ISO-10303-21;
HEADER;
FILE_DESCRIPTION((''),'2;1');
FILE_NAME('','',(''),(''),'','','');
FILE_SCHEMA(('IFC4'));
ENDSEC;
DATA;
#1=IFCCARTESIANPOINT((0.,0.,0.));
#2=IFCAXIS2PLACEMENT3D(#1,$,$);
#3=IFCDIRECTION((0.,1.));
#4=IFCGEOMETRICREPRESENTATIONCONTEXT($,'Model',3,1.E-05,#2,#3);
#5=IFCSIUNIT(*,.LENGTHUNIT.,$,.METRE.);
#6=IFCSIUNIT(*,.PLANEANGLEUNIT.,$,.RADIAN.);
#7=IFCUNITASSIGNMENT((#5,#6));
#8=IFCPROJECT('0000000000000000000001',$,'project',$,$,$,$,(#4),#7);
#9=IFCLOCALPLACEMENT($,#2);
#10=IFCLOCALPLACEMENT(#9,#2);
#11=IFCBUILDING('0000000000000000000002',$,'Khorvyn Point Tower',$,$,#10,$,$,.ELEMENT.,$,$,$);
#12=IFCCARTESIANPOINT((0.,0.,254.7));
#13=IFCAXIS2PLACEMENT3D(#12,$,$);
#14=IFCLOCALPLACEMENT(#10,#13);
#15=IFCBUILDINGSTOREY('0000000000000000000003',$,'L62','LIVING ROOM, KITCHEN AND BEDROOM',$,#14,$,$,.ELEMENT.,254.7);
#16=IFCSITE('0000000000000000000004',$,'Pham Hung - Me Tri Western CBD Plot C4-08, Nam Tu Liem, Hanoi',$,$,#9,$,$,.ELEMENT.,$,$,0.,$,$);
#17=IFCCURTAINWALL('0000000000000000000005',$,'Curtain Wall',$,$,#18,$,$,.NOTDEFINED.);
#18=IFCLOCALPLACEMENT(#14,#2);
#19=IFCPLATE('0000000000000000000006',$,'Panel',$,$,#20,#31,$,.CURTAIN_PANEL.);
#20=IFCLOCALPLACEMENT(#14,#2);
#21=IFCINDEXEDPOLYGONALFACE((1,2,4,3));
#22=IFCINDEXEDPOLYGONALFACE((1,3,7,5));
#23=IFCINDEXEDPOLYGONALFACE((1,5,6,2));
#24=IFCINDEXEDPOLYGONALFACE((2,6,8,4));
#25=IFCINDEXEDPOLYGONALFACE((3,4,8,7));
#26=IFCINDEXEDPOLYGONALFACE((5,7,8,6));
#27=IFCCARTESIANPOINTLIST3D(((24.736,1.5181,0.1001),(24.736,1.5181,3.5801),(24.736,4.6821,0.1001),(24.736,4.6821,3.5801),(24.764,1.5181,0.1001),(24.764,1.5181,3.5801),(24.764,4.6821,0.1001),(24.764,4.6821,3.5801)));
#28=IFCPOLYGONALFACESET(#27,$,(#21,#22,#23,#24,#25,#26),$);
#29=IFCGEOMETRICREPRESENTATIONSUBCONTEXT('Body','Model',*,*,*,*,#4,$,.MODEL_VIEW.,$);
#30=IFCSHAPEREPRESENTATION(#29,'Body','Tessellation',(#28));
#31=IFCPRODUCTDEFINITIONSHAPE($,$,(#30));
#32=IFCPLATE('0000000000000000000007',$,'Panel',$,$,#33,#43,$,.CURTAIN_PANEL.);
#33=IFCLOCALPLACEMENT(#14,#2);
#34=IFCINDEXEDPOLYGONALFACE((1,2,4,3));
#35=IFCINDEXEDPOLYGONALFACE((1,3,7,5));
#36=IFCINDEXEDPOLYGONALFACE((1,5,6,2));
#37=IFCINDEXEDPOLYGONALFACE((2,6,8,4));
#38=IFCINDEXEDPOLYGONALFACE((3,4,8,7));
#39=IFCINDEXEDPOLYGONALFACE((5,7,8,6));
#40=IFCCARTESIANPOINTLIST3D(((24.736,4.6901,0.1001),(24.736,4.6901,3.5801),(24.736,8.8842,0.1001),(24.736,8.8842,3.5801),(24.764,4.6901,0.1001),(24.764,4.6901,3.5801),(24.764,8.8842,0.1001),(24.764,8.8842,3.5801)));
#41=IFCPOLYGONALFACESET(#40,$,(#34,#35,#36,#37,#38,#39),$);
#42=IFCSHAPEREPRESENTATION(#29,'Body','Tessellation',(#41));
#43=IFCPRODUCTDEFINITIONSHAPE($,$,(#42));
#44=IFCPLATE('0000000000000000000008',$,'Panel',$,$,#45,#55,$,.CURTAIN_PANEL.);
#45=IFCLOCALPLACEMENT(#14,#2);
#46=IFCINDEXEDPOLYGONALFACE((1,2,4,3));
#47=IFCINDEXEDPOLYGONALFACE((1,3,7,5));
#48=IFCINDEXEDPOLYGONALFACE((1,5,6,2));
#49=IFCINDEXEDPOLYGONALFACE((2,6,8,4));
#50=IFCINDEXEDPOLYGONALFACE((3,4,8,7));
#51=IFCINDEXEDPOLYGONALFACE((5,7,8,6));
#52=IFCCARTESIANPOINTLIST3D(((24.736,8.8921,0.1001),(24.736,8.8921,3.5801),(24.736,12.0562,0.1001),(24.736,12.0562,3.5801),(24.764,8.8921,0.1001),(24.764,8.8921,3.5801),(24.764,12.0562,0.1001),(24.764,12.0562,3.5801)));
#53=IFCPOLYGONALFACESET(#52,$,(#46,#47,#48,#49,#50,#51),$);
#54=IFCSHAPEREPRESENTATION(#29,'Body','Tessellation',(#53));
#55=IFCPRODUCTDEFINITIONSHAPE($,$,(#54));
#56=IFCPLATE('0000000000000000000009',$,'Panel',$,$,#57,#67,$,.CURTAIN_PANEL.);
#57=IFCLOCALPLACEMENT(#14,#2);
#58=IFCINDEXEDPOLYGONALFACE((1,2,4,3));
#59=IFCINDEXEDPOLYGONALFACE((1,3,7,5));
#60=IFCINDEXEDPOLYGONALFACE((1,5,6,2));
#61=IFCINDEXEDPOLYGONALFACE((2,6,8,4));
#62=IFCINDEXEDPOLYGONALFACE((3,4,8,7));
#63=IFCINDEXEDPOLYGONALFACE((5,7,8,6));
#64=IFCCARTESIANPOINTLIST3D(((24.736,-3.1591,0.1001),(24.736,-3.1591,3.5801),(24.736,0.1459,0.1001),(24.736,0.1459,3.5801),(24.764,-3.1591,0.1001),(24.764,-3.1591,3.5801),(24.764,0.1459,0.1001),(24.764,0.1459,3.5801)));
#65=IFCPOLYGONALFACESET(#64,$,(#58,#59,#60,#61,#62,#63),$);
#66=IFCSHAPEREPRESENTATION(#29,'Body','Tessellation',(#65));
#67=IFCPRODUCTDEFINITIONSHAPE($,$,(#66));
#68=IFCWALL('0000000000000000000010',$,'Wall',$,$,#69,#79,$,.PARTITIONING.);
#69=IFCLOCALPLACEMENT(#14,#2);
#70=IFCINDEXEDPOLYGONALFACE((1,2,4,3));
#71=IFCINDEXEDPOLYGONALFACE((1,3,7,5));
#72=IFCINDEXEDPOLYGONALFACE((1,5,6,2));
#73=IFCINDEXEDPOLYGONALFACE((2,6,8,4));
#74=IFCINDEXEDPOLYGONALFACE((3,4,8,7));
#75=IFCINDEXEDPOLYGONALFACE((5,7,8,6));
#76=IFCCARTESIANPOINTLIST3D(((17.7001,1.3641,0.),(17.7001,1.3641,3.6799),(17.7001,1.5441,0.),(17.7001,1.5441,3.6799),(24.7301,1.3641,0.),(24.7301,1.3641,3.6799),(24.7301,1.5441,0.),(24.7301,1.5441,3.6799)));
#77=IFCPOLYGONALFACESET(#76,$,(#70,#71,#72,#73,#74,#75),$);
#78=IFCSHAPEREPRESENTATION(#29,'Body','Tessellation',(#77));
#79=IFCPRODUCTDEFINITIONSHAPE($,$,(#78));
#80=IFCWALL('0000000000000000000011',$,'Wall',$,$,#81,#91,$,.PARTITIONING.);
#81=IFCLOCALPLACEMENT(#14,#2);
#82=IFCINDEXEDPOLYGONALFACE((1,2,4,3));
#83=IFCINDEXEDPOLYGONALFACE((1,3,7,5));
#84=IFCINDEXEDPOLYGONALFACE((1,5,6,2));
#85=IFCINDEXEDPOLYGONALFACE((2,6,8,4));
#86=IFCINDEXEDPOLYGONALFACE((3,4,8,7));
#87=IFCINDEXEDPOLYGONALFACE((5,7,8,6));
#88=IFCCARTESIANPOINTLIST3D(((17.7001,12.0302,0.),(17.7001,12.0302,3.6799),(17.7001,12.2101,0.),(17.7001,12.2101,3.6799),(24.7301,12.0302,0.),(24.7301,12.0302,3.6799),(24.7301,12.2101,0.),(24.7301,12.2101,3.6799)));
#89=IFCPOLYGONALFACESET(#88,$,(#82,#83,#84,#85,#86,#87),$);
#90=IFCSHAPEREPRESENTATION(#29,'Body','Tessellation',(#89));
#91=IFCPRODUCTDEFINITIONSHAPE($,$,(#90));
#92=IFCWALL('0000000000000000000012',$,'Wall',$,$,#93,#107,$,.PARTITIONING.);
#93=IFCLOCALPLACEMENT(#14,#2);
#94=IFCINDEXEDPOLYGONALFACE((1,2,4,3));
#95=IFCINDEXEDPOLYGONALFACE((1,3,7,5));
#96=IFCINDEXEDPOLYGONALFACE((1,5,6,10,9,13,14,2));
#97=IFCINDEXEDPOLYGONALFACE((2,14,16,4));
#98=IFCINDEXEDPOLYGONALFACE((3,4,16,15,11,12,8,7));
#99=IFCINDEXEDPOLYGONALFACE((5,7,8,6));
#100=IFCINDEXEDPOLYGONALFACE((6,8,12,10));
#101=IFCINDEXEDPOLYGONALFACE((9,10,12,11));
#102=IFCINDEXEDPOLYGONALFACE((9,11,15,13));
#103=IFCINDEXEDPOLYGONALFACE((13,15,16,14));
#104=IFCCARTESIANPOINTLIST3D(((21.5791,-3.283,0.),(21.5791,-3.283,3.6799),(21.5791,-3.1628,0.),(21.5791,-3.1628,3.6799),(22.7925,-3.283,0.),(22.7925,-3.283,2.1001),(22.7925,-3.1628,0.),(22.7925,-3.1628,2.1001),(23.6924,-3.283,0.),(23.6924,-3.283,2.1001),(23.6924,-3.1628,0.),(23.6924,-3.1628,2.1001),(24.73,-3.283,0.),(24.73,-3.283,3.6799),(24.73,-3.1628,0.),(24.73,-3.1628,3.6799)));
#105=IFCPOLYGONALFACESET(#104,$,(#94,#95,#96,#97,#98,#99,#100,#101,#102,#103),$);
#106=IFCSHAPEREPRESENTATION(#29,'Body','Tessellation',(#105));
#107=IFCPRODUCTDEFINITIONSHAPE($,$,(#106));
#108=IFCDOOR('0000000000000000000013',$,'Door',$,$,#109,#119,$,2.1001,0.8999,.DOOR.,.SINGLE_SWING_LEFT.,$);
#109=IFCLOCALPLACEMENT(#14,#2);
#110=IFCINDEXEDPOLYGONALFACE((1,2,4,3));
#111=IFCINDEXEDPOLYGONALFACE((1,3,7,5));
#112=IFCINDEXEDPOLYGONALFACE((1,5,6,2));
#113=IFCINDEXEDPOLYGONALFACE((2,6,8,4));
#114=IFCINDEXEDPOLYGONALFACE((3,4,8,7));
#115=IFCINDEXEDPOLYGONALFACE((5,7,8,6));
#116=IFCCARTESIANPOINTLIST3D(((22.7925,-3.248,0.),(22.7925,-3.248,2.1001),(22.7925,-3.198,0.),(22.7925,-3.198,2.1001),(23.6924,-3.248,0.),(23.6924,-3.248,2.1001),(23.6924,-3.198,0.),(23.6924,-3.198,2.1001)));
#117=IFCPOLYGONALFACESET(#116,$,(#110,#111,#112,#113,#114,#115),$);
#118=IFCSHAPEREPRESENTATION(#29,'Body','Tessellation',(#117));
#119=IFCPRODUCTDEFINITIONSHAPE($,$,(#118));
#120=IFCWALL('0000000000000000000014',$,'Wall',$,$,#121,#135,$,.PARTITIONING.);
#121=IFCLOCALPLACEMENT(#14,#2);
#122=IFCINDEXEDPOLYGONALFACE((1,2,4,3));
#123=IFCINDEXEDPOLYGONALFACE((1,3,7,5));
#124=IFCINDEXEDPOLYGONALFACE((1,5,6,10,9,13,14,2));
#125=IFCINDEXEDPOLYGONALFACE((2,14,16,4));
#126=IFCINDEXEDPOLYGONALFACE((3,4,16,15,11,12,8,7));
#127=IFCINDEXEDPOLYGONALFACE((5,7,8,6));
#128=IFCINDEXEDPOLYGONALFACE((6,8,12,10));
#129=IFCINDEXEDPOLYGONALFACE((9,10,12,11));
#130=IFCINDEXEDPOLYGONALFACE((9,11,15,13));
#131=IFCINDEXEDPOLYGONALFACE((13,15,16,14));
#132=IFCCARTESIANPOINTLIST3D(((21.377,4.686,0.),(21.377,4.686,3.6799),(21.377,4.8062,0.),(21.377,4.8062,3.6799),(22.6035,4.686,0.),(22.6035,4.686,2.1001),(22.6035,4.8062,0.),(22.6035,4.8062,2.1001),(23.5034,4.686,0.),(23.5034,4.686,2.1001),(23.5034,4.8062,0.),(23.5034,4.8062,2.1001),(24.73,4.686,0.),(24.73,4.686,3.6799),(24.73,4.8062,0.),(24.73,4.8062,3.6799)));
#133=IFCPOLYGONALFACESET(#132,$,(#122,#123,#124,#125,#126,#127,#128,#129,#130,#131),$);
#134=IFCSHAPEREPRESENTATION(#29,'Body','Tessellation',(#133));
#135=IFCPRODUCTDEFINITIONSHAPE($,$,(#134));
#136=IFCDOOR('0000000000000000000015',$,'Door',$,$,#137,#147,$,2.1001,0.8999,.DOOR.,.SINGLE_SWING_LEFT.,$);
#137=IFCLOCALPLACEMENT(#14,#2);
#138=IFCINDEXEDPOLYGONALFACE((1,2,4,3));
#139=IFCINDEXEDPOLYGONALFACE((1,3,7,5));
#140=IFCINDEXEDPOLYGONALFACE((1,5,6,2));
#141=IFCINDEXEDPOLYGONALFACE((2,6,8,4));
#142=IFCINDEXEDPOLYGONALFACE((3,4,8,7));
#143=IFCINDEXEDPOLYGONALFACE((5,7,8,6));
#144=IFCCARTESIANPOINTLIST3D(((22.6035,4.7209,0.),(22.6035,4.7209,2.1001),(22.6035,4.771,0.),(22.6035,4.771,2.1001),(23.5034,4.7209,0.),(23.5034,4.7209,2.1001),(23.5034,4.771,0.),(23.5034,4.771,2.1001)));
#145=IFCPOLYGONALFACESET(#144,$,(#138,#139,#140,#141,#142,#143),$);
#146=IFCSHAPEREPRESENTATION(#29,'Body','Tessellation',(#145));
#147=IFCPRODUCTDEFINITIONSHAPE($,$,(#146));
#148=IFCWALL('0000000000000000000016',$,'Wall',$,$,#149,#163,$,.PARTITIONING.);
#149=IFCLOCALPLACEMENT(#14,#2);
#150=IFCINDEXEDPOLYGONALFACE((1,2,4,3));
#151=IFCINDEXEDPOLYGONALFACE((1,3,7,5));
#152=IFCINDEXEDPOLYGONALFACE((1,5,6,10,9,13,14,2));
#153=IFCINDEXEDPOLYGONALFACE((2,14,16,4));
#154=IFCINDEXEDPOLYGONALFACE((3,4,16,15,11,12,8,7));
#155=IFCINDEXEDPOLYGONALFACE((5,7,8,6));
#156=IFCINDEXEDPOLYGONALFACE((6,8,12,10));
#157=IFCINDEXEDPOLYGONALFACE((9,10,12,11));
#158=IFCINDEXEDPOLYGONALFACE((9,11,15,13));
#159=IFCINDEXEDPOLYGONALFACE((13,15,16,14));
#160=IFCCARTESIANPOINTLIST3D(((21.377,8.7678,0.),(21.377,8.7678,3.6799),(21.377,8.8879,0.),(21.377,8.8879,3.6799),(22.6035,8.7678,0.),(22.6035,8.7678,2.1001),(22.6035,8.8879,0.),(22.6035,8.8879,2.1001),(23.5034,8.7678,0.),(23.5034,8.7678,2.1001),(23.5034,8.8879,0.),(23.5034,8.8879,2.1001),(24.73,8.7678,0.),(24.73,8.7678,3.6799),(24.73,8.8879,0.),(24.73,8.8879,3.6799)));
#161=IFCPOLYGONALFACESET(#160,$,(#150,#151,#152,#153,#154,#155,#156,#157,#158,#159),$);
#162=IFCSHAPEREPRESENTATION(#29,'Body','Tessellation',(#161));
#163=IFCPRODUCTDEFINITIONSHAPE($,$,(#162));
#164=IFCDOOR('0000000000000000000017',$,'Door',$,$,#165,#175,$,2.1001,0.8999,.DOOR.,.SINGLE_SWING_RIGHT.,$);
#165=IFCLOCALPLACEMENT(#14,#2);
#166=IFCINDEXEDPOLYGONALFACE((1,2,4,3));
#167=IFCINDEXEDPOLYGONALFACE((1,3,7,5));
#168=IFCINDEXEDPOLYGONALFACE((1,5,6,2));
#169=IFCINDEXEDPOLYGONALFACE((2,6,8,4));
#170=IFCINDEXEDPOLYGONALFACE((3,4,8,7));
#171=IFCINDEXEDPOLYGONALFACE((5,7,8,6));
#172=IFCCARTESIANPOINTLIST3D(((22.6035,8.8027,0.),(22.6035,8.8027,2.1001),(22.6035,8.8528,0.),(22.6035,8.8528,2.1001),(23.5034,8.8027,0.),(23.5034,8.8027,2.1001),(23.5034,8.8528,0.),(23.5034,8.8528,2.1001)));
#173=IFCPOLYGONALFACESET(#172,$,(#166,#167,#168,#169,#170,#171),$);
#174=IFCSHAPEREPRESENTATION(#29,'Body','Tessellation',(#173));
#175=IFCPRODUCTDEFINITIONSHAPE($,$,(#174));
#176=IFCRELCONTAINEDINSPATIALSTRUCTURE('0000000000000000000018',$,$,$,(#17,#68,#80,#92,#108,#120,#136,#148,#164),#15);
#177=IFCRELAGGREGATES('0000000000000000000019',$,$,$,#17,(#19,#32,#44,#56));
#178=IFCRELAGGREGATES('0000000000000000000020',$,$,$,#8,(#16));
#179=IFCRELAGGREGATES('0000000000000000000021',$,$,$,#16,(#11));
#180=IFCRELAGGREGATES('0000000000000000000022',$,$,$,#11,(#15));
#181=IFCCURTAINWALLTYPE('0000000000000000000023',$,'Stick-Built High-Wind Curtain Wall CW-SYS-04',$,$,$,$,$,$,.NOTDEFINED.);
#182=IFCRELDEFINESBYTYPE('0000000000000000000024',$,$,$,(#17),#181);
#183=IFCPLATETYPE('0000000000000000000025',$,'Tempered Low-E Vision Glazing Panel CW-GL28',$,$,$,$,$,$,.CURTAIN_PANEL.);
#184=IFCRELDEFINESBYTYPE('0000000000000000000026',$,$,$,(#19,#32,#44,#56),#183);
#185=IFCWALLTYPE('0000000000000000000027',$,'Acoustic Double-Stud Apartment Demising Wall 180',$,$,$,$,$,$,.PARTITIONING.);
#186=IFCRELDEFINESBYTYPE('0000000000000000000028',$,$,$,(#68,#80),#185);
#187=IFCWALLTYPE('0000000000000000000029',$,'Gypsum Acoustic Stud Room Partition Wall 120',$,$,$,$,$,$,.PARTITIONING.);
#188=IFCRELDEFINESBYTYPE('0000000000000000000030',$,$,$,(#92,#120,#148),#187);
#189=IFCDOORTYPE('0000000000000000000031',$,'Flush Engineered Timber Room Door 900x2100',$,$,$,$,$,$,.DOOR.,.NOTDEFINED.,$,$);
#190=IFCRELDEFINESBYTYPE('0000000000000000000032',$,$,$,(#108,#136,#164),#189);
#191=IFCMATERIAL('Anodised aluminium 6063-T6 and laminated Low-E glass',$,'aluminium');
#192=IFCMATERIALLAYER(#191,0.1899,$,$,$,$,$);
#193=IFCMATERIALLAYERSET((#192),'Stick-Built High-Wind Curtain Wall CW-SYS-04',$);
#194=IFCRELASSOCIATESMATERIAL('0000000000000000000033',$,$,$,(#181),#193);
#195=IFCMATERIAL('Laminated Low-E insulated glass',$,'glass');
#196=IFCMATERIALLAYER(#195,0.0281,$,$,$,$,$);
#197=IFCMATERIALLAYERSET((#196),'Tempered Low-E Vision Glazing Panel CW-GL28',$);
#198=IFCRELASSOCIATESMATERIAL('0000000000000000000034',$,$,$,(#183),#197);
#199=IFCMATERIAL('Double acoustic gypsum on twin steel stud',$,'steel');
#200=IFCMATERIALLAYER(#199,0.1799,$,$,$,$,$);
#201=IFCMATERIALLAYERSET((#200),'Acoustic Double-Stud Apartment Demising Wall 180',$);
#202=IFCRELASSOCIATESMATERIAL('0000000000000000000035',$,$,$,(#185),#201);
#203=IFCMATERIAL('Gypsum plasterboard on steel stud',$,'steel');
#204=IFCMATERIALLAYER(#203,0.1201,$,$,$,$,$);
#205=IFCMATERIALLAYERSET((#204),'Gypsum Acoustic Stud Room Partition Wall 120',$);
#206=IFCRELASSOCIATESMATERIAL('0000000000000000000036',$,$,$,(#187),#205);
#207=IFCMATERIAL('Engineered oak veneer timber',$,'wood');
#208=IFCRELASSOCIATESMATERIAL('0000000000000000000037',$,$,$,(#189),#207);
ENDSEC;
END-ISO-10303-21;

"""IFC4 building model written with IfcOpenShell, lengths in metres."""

from ifc_helpers import new_model, si_unit, direction, frame, frame_2d, origin, origin_2d, place, context, subcontext, project, spatial, rectangle, extrude, material, layer, layer_set, type_object, element, fill, aggregate, save


model = new_model("IFC4")

# Units and contexts
model_context = context("Model", 3, precision=1e-05, world=origin(), true_north=direction((0.0, 1.0)))
body_context = subcontext(model_context, "Body", "Model", "MODEL_VIEW")
ifc_project = project(units=[si_unit("LENGTHUNIT", "METRE"), si_unit("PLANEANGLEUNIT", "RADIAN")], contexts=[model_context])

# Site, building, storey
site_placement = place(None, origin())
site = spatial("IfcSite", under=ifc_project, at=site_placement, Name="Pham Hung - Me Tri Western CBD Plot C4-08, Nam Tu Liem, Hanoi", CompositionType="ELEMENT", RefElevation=0.0)
building_placement = place(site_placement, origin())
building = spatial("IfcBuilding", under=site, at=building_placement, Name="Khorvyn Point Tower", CompositionType="ELEMENT")
storey_placement = place(building_placement, frame((0.0, 0.0, 254.7)))
storey = spatial("IfcBuildingStorey", under=building, at=storey_placement, Name="L62", Description="LIVING ROOM, KITCHEN AND BEDROOM", CompositionType="ELEMENT", Elevation=254.7)

# Curtain wall
ifc_material_1 = material(Name="Anodised aluminium 6063-T6 and laminated Low-E glass", Category="aluminium")
ifc_layer_1 = layer(ifc_material_1, 0.1899)
ifc_layer_set_1 = layer_set([ifc_layer_1], Name="Stick-Built High-Wind Curtain Wall CW-SYS-04")
curtain_wall_type = type_object("IfcCurtainWallType", Name="Stick-Built High-Wind Curtain Wall CW-SYS-04", PredefinedType="NOTDEFINED", material=ifc_layer_set_1)
curtain_wall_placement = place(storey_placement, origin())
curtain_wall = element("IfcCurtainWall", 1, at=curtain_wall_placement, inside=storey, type_object=curtain_wall_type, Name="Curtain Wall", PredefinedType="NOTDEFINED")

# Plates
ifc_material_2 = material(Name="Laminated Low-E insulated glass", Category="glass")
ifc_layer_2 = layer(ifc_material_2, 0.0281)
ifc_layer_set_2 = layer_set([ifc_layer_2], Name="Tempered Low-E Vision Glazing Panel CW-GL28")
plate_type = type_object("IfcPlateType", Name="Tempered Low-E Vision Glazing Panel CW-GL28", PredefinedType="CURTAIN_PANEL", material=ifc_layer_set_2)
plate_1_placement = place(storey_placement, frame((24.75, 3.1001, 0.1001), z_axis=(0.0, 0.0, 1.0), x_axis=(0.0, -1.0, 0.0)))
plate_1 = element("IfcPlate", 2, at=plate_1_placement, type_object=plate_type, Name="Panel", PredefinedType="CURTAIN_PANEL", context=body_context, shape_type="SweptSolid", body=[
    extrude(rectangle(XDim=3.1641, YDim=0.0281, at=origin_2d()), origin(), (0.0, 0.0, 1.0), 3.48),
])
plate_2_placement = place(storey_placement, frame((24.75, 6.7871, 0.1001), z_axis=(0.0, 0.0, 1.0), x_axis=(0.0, -1.0, 0.0)))
plate_2 = element("IfcPlate", 3, at=plate_2_placement, type_object=plate_type, Name="Panel", PredefinedType="CURTAIN_PANEL", context=body_context, shape_type="SweptSolid", body=[
    extrude(rectangle(XDim=4.1941, YDim=0.0281, at=origin_2d()), origin(), (0.0, 0.0, 1.0), 3.48),
])
plate_3_placement = place(storey_placement, frame((24.75, 10.4741, 0.1001), z_axis=(0.0, 0.0, 1.0), x_axis=(0.0, -1.0, 0.0)))
plate_3 = element("IfcPlate", 4, at=plate_3_placement, type_object=plate_type, Name="Panel", PredefinedType="CURTAIN_PANEL", context=body_context, shape_type="SweptSolid", body=[
    extrude(rectangle(XDim=3.1641, YDim=0.0281, at=origin_2d()), origin(), (0.0, 0.0, 1.0), 3.48),
])
plate_4_placement = place(storey_placement, frame((24.75, -1.5066, 0.1001), z_axis=(0.0, 0.0, 1.0), x_axis=(0.0, -1.0, 0.0)))
plate_4 = element("IfcPlate", 5, at=plate_4_placement, type_object=plate_type, Name="Panel", PredefinedType="CURTAIN_PANEL", context=body_context, shape_type="SweptSolid", body=[
    extrude(rectangle(XDim=3.3049, YDim=0.0281, at=origin_2d()), origin(), (0.0, 0.0, 1.0), 3.48),
])
aggregate(curtain_wall, [plate_1, plate_2, plate_3, plate_4])

# Walls
ifc_material_3 = material(Name="Double acoustic gypsum on twin steel stud", Category="steel")
ifc_layer_3 = layer(ifc_material_3, 0.1799)
ifc_layer_set_3 = layer_set([ifc_layer_3], Name="Acoustic Double-Stud Apartment Demising Wall 180")
wall_type_1 = type_object("IfcWallType", Name="Acoustic Double-Stud Apartment Demising Wall 180", PredefinedType="PARTITIONING", material=ifc_layer_set_3)
for number, where, z_axis, x_axis, name in (
    (6, (17.7, 1.4541, 0.0), (0.0, 0.0, 1.0), (1.0, 0.0, 0.0), "Wall"),
    (7, (17.7, 12.1201, 0.0), (0.0, 0.0, 1.0), (1.0, 0.0, 0.0), "Wall"),
):
    element("IfcWall", number, at=place(storey_placement, frame(where, z_axis=z_axis, x_axis=x_axis)), inside=storey, type_object=wall_type_1, Name=name, PredefinedType="PARTITIONING", context=body_context, shape_type="SweptSolid", body=[
        extrude(rectangle(XDim=7.03, YDim=0.1799, at=frame_2d((3.5151, 0.0))), origin(), (0.0, 0.0, 1.0), 3.6799),
    ])

# Walls, openings, doors
ifc_material_4 = material(Name="Gypsum plasterboard on steel stud", Category="steel")
ifc_layer_4 = layer(ifc_material_4, 0.1201)
ifc_layer_set_4 = layer_set([ifc_layer_4], Name="Gypsum Acoustic Stud Room Partition Wall 120")
wall_type_2 = type_object("IfcWallType", Name="Gypsum Acoustic Stud Room Partition Wall 120", PredefinedType="PARTITIONING", material=ifc_layer_set_4)
wall_1_placement = place(storey_placement, frame((21.5791, -3.2229, 0.0), z_axis=(0.0, 0.0, 1.0), x_axis=(1.0, 0.0, 0.0)))
wall_1 = element("IfcWall", 8, at=wall_1_placement, inside=storey, type_object=wall_type_2, Name="Wall", PredefinedType="PARTITIONING", context=body_context, shape_type="SweptSolid", body=[
    extrude(rectangle(XDim=3.1509, YDim=0.1201, at=frame_2d((1.5754, 0.0))), origin(), (0.0, 0.0, 1.0), 3.6799),
])
opening_1_placement = place(wall_1_placement, frame((1.2134, 0.0, 0.0)))
opening_1 = element("IfcOpeningElement", 9, at=opening_1_placement, cuts=wall_1, PredefinedType="OPENING", context=body_context, shape_type="SweptSolid", body=[
    extrude(rectangle(XDim=0.8999, YDim=2.1001, at=frame_2d((0.45, 1.05))), frame((0.0, 0.0701, 0.0), z_axis=(0.0, -1.0, 0.0), x_axis=(1.0, 0.0, 0.0)), (0.0, 0.0, 1.0), 0.1401),
])
ifc_material_5 = material(Name="Engineered oak veneer timber", Category="wood")
door_type_1 = type_object("IfcDoorType", Name="Flush Engineered Timber Room Door 900x2100", OperationType="NOTDEFINED", PredefinedType="DOOR", material=ifc_material_5)
door_1_placement = place(opening_1_placement, origin())
door_1 = element("IfcDoor", 10, at=door_1_placement, inside=storey, type_object=door_type_1, Name="Door", OperationType="SINGLE_SWING_LEFT", OverallHeight=2.1001, OverallWidth=0.8999, PredefinedType="DOOR", context=body_context, shape_type="SweptSolid", body=[
    extrude(rectangle(XDim=0.8999, YDim=2.1001, at=frame_2d((0.45, 1.05))), frame((0.0, 0.0249, 0.0), z_axis=(0.0, -1.0, 0.0), x_axis=(1.0, 0.0, 0.0)), (0.0, 0.0, 1.0), 0.05),
])
fill(opening_1, door_1)
wall_2_placement = place(storey_placement, frame((21.377, 4.7461, 0.0), z_axis=(0.0, 0.0, 1.0), x_axis=(1.0, 0.0, 0.0)))
wall_2 = element("IfcWall", 11, at=wall_2_placement, inside=storey, type_object=wall_type_2, Name="Wall", PredefinedType="PARTITIONING", context=body_context, shape_type="SweptSolid", body=[
    extrude(rectangle(XDim=3.353, YDim=0.1201, at=frame_2d((1.6765, 0.0))), origin(), (0.0, 0.0, 1.0), 3.6799),
])
opening_2_placement = place(wall_2_placement, frame((1.2266, 0.0, 0.0)))
opening_2 = element("IfcOpeningElement", 12, at=opening_2_placement, cuts=wall_2, PredefinedType="OPENING", context=body_context, shape_type="SweptSolid", body=[
    extrude(rectangle(XDim=0.8999, YDim=2.1001, at=frame_2d((0.45, 1.05))), frame((0.0, 0.0701, 0.0), z_axis=(0.0, -1.0, 0.0), x_axis=(1.0, 0.0, 0.0)), (0.0, 0.0, 1.0), 0.1401),
])
door_2_placement = place(opening_2_placement, origin())
door_2 = element("IfcDoor", 13, at=door_2_placement, inside=storey, type_object=door_type_1, Name="Door", OperationType="SINGLE_SWING_LEFT", OverallHeight=2.1001, OverallWidth=0.8999, PredefinedType="DOOR", context=body_context, shape_type="SweptSolid", body=[
    extrude(rectangle(XDim=0.8999, YDim=2.1001, at=frame_2d((0.45, 1.05))), frame((0.0, 0.0249, 0.0), z_axis=(0.0, -1.0, 0.0), x_axis=(1.0, 0.0, 0.0)), (0.0, 0.0, 1.0), 0.05),
])
fill(opening_2, door_2)
wall_3_placement = place(storey_placement, frame((21.377, 8.8279, 0.0), z_axis=(0.0, 0.0, 1.0), x_axis=(1.0, 0.0, 0.0)))
wall_3 = element("IfcWall", 14, at=wall_3_placement, inside=storey, type_object=wall_type_2, Name="Wall", PredefinedType="PARTITIONING", context=body_context, shape_type="SweptSolid", body=[
    extrude(rectangle(XDim=3.353, YDim=0.1201, at=frame_2d((1.6765, 0.0))), origin(), (0.0, 0.0, 1.0), 3.6799),
])
opening_3_placement = place(wall_3_placement, frame((1.2266, 0.0, 0.0)))
opening_3 = element("IfcOpeningElement", 15, at=opening_3_placement, cuts=wall_3, PredefinedType="OPENING", context=body_context, shape_type="SweptSolid", body=[
    extrude(rectangle(XDim=0.8999, YDim=2.1001, at=frame_2d((0.45, 1.05))), frame((0.0, 0.0701, 0.0), z_axis=(0.0, -1.0, 0.0), x_axis=(1.0, 0.0, 0.0)), (0.0, 0.0, 1.0), 0.1401),
])
door_3_placement = place(opening_3_placement, origin())
door_3 = element("IfcDoor", 16, at=door_3_placement, inside=storey, type_object=door_type_1, Name="Door", OperationType="SINGLE_SWING_RIGHT", OverallHeight=2.1001, OverallWidth=0.8999, PredefinedType="DOOR", context=body_context, shape_type="SweptSolid", body=[
    extrude(rectangle(XDim=0.8999, YDim=2.1001, at=frame_2d((0.45, 1.05))), frame((0.0, 0.0249, 0.0), z_axis=(0.0, -1.0, 0.0), x_axis=(1.0, 0.0, 0.0)), (0.0, 0.0, 1.0), 0.05),
])
fill(opening_3, door_3)

save(model, "model.ifc")
